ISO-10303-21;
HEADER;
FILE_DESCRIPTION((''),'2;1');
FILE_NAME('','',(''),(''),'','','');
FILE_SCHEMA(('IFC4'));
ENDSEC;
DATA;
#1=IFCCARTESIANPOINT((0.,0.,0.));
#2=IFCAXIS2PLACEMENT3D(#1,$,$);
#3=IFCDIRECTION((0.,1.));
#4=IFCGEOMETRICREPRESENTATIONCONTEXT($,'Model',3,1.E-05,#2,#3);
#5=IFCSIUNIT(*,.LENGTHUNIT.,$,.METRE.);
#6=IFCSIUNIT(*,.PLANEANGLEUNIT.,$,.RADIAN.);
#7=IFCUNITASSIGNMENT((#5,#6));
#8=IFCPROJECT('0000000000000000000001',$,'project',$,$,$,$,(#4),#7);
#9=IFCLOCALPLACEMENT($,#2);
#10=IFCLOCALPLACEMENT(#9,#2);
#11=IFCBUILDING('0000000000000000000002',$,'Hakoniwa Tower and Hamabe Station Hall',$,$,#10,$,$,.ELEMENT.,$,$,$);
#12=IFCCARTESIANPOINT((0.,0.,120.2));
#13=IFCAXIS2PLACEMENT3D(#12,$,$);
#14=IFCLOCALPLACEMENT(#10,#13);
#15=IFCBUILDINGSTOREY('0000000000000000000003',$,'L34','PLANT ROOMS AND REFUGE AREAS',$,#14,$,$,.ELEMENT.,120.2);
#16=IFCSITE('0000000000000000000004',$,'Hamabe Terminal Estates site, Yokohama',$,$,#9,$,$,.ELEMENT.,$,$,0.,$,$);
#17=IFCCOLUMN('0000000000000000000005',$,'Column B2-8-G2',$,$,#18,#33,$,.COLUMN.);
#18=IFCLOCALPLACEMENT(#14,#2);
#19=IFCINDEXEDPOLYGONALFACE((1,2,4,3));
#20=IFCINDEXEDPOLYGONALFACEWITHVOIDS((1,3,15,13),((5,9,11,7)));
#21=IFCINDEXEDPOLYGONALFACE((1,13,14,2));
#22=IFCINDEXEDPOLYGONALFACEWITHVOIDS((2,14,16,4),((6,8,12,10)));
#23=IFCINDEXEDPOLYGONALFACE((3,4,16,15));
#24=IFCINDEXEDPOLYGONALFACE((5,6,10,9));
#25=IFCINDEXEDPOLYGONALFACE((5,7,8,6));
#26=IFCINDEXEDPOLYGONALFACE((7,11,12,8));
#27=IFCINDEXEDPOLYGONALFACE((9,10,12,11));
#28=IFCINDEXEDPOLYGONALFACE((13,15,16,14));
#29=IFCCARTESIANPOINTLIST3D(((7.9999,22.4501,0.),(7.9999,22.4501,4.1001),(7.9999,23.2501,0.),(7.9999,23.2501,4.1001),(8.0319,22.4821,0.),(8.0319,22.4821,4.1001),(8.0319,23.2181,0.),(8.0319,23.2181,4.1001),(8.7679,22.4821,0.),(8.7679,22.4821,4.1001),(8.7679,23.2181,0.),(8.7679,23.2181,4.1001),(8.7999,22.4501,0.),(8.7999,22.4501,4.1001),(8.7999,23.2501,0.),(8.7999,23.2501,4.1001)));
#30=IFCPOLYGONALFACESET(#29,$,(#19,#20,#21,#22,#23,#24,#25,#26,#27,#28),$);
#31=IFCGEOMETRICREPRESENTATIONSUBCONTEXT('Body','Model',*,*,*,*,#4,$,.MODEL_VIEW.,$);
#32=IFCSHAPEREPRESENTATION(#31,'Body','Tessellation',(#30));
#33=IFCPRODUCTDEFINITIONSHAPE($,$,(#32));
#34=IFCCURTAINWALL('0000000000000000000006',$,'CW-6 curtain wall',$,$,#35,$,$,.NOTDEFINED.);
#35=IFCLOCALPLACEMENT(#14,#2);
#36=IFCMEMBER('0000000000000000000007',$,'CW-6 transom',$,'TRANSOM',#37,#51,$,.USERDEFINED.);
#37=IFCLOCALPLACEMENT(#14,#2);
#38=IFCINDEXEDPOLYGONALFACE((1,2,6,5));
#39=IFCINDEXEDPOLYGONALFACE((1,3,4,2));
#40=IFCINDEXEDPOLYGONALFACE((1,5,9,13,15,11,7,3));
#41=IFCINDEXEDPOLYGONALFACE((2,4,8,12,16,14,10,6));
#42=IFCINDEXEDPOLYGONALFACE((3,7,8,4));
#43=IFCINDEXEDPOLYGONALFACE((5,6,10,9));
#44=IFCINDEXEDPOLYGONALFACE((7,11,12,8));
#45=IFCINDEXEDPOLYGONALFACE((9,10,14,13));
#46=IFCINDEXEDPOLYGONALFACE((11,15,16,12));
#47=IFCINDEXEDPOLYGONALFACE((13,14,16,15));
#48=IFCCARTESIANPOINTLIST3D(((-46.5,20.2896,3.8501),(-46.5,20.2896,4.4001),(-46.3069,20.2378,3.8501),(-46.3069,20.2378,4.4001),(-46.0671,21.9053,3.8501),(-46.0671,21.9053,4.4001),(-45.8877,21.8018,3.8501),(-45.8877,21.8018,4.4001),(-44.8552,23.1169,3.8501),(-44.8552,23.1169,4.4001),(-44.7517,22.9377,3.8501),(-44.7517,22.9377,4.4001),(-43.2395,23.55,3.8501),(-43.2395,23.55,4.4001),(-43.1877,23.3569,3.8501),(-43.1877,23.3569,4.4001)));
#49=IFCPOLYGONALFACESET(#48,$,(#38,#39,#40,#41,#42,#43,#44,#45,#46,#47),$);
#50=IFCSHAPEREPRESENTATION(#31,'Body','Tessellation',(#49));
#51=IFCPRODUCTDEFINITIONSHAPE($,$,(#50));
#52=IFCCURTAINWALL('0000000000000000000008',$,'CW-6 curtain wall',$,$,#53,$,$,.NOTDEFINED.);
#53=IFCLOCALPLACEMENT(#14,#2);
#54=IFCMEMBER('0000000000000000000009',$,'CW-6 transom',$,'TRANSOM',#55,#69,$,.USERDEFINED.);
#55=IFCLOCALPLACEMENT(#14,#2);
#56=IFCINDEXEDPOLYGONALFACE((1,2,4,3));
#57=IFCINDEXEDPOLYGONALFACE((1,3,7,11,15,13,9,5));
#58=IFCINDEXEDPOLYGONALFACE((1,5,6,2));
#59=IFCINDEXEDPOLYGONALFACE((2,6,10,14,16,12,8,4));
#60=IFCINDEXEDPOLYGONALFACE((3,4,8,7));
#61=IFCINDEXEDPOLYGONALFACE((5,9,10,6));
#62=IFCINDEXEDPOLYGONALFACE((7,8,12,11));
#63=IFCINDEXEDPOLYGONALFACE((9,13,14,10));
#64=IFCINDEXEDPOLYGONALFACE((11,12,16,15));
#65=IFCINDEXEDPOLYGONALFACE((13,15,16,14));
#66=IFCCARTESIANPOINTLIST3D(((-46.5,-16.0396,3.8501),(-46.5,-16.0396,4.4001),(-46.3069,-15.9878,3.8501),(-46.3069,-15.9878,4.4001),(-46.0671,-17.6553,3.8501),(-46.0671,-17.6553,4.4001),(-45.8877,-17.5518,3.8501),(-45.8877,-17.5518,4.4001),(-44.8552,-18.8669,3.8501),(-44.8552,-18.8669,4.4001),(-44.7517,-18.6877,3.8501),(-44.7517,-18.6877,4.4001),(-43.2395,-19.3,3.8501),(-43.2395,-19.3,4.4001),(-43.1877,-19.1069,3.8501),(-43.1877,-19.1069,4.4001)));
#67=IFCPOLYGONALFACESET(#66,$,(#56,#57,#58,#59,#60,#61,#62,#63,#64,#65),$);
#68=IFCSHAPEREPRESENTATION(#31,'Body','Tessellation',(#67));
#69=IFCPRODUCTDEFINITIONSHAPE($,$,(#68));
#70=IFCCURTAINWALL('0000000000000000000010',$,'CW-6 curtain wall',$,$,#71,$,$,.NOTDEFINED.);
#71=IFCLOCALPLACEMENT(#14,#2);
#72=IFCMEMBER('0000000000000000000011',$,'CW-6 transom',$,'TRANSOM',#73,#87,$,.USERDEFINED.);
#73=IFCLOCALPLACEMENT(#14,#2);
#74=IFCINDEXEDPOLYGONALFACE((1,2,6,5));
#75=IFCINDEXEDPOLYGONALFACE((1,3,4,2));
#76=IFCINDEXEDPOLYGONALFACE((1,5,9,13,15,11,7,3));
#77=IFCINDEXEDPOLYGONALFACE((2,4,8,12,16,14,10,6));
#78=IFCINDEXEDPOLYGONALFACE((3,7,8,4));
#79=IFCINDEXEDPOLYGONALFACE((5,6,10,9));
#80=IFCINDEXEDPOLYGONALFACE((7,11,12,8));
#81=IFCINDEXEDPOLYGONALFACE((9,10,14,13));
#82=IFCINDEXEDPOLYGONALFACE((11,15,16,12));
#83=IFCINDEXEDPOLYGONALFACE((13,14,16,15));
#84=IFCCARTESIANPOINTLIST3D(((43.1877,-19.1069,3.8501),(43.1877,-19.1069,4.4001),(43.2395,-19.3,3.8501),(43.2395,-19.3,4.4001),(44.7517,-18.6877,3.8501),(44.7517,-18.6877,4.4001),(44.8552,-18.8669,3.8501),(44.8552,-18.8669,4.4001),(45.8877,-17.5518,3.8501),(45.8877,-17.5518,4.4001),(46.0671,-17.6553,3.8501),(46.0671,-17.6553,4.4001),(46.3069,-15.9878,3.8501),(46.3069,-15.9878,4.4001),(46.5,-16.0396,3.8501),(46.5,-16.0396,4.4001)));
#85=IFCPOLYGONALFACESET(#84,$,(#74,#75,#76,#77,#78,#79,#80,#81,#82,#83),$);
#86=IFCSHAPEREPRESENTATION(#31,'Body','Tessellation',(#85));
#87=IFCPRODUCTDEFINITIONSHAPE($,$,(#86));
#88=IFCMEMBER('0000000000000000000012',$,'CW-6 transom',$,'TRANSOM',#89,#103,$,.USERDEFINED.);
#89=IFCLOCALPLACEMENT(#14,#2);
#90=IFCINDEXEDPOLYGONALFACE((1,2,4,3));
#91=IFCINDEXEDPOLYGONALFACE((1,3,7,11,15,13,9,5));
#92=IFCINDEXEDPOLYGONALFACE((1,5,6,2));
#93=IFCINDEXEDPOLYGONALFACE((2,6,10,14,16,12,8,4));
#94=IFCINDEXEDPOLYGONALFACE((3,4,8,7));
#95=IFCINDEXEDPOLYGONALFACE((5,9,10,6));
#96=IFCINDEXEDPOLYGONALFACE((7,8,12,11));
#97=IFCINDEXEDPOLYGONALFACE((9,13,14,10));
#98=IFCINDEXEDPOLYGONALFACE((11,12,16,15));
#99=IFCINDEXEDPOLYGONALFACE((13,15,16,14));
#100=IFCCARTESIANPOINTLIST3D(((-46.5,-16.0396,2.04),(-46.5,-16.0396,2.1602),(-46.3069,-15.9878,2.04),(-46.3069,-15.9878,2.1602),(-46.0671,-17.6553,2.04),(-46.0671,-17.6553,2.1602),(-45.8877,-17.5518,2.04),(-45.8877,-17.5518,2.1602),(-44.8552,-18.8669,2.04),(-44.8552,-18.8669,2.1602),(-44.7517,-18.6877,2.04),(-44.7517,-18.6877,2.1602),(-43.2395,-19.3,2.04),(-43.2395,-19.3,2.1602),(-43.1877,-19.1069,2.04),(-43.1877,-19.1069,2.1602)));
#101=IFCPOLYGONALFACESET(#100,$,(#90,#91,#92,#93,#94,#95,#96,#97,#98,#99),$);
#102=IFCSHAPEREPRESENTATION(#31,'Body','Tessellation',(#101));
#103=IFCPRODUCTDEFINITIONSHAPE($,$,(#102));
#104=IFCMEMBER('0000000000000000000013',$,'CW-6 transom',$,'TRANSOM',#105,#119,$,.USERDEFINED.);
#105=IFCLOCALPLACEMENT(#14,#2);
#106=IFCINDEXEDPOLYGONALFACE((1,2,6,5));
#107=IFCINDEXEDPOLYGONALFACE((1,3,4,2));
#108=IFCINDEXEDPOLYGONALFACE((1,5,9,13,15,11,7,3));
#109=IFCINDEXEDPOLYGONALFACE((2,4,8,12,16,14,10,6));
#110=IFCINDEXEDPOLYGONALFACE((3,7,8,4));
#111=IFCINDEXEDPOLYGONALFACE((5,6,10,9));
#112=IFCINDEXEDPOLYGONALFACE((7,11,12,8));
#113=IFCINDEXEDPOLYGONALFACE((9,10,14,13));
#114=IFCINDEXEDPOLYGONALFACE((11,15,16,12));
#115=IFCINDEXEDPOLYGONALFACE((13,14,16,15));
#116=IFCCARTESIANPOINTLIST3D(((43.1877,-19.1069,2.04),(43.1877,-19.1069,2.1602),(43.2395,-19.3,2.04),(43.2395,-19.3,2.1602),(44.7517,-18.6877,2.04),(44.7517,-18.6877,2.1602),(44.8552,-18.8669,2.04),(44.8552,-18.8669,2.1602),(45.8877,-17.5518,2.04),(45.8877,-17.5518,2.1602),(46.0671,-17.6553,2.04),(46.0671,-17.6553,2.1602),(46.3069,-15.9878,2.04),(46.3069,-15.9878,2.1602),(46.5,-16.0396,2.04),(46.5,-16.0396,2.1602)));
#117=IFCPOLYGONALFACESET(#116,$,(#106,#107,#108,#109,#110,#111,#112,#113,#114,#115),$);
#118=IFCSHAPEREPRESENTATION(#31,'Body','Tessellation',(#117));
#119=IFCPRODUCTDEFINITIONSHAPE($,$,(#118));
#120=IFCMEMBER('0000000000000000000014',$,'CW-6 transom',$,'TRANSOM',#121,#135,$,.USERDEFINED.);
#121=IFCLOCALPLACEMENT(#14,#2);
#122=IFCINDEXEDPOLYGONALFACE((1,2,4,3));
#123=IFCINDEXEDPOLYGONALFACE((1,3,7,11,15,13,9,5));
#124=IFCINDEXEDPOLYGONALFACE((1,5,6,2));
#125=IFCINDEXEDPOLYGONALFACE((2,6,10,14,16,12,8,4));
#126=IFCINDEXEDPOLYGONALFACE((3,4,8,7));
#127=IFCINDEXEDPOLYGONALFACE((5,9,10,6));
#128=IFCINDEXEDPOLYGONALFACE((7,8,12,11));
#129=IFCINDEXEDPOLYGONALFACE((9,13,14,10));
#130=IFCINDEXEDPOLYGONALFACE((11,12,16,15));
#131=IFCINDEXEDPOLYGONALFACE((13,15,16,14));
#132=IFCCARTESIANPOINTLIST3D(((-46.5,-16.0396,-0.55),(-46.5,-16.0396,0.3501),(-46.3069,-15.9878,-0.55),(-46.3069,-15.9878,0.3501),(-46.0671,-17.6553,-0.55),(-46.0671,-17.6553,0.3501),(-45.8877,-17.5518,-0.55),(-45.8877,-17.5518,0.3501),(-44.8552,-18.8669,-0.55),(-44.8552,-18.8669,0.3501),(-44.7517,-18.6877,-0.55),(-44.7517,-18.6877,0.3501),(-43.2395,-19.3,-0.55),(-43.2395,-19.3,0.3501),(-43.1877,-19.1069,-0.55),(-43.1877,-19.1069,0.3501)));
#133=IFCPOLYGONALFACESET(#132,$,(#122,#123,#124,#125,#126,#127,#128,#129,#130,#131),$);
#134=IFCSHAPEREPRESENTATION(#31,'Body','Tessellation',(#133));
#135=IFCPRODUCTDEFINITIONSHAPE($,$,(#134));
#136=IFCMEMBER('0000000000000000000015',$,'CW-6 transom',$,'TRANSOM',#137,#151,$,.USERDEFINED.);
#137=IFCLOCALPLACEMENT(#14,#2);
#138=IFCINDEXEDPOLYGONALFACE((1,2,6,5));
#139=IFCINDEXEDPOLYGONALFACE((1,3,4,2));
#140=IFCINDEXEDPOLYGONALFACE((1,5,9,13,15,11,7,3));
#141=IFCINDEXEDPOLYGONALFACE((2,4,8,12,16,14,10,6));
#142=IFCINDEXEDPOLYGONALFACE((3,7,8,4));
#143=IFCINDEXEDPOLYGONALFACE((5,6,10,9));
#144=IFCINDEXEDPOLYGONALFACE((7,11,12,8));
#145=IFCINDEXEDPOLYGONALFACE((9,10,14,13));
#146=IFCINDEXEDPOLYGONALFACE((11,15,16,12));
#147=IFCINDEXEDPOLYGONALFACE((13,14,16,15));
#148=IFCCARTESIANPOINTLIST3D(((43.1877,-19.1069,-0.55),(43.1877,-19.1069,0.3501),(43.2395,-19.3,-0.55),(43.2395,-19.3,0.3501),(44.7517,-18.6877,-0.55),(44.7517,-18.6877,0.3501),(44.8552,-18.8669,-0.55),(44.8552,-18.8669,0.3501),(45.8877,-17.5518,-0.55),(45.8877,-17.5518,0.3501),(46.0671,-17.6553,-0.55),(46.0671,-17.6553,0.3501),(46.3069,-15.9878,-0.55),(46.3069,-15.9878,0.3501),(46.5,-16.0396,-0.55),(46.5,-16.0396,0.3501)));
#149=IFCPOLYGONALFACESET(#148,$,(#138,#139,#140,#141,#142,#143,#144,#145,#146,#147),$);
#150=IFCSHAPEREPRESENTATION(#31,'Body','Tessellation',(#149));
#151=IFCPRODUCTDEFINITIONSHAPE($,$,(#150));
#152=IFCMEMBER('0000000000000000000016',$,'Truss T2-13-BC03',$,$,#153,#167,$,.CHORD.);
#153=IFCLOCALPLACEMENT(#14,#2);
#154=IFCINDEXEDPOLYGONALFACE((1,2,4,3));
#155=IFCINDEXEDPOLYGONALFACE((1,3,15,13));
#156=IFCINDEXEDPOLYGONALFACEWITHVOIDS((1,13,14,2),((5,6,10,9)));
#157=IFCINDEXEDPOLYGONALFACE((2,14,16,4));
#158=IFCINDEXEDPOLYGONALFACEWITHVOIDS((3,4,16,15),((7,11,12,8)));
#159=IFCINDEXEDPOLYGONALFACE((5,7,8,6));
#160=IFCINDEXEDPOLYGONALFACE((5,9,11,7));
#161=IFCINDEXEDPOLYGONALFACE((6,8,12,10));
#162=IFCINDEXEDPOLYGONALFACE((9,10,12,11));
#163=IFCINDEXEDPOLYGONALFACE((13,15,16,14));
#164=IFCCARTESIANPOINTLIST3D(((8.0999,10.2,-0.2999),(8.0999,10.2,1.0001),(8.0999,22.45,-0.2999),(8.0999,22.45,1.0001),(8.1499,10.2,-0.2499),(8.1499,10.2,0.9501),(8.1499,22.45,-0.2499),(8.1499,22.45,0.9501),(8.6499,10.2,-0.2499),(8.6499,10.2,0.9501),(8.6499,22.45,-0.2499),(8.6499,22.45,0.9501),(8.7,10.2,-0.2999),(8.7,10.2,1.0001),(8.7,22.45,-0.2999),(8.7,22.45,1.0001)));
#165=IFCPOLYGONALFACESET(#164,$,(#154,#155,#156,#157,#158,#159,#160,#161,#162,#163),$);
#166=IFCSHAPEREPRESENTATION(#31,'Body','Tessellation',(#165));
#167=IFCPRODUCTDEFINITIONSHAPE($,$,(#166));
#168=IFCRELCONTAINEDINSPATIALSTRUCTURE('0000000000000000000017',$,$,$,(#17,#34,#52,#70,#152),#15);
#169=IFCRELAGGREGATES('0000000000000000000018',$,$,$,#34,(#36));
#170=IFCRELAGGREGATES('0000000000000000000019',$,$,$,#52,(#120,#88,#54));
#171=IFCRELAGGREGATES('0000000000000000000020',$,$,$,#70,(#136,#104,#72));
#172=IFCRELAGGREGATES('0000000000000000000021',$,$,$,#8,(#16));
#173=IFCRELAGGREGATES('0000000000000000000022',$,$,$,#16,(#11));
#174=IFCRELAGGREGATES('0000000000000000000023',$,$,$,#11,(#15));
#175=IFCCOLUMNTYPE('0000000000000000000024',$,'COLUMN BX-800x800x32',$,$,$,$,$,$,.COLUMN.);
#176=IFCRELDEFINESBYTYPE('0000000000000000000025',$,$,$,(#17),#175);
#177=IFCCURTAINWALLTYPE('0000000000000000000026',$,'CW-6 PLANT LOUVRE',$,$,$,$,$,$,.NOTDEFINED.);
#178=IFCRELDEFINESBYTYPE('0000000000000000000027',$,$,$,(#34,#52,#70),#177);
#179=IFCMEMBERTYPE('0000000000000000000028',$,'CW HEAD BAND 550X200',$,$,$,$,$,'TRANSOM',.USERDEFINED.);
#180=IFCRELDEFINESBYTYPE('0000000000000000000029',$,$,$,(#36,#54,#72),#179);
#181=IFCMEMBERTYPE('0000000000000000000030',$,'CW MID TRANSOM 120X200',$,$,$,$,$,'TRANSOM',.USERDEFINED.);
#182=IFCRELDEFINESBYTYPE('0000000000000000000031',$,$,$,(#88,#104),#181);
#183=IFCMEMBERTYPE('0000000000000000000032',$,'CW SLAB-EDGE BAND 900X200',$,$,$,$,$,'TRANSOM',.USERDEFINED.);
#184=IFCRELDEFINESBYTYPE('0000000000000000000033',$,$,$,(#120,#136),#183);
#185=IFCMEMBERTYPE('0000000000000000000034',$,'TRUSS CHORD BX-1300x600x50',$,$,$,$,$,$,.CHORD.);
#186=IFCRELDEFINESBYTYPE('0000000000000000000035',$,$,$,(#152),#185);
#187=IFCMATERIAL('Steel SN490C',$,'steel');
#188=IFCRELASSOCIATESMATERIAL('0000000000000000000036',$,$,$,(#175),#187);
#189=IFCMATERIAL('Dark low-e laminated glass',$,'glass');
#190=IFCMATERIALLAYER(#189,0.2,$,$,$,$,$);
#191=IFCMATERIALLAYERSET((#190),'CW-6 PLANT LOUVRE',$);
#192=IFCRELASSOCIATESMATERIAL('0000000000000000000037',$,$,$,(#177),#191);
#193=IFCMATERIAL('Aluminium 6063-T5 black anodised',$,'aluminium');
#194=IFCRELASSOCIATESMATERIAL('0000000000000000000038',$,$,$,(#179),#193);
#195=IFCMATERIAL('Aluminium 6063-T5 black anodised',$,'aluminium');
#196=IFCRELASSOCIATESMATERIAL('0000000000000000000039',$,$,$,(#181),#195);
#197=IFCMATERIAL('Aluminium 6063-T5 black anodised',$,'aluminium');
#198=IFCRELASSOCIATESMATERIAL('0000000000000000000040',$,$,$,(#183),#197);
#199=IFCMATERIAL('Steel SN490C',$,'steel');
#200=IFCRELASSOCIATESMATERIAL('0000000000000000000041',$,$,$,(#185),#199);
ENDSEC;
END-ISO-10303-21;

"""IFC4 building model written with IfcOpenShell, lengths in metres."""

from ifc_helpers import new_model, si_unit, direction, frame, origin, origin_2d, place, context, subcontext, project, spatial, polyline, rectangle, hollow_rectangle, outline, extrude, material, layer, layer_set, material_profile, profile_set, type_object, element, aggregate, save


model = new_model("IFC4")

# Units and contexts
model_context = context("Model", 3, precision=1e-05, world=origin(), true_north=direction((0.0, 1.0)))
body_context = subcontext(model_context, "Body", "Model", "MODEL_VIEW")
ifc_project = project(units=[si_unit("LENGTHUNIT", "METRE"), si_unit("PLANEANGLEUNIT", "RADIAN")], contexts=[model_context])

# Site, building, storey
site_placement = place(None, origin())
site = spatial("IfcSite", under=ifc_project, at=site_placement, Name="Hamabe Terminal Estates site, Yokohama", CompositionType="ELEMENT", RefElevation=0.0)
building_placement = place(site_placement, origin())
building = spatial("IfcBuilding", under=site, at=building_placement, Name="Hakoniwa Tower and Hamabe Station Hall", CompositionType="ELEMENT")
storey_placement = place(building_placement, frame((0.0, 0.0, 120.2)))
storey = spatial("IfcBuildingStorey", under=building, at=storey_placement, Name="L34", Description="PLANT ROOMS AND REFUGE AREAS", CompositionType="ELEMENT", Elevation=120.2)

# Column
ifc_material_1 = material(Name="Steel SN490C", Category="steel")
ifc_material_profile_1 = material_profile(ifc_material_1, hollow_rectangle(XDim=0.8, YDim=0.8, WallThickness=0.032, at=origin_2d()), Name="BX-800x800x32")
ifc_profile_set_1 = profile_set([ifc_material_profile_1], Name="Steel SN490C")
column_type = type_object("IfcColumnType", Name="COLUMN BX-800x800x32", PredefinedType="COLUMN", material=ifc_profile_set_1)
column_placement = place(storey_placement, frame((8.3999, 22.8501, 0.0), z_axis=(0.0, 0.0, 1.0), x_axis=(1.0, 0.0, 0.0)))
element("IfcColumn", 1, at=column_placement, inside=storey, type_object=column_type, Name="Column B2-8-G2", PredefinedType="COLUMN", context=body_context, shape_type="SweptSolid", body=[
    extrude(hollow_rectangle(XDim=0.8, YDim=0.8, WallThickness=0.032, at=origin_2d()), origin(), (0.0, 0.0, 1.0), 4.1001),
])

# Curtain walls, members
ifc_material_2 = material(Name="Dark low-e laminated glass", Category="glass")
ifc_layer_1 = layer(ifc_material_2, 0.2)
ifc_layer_set_1 = layer_set([ifc_layer_1], Name="CW-6 PLANT LOUVRE")
curtain_wall_type = type_object("IfcCurtainWallType", Name="CW-6 PLANT LOUVRE", PredefinedType="NOTDEFINED", material=ifc_layer_set_1)
curtain_wall_1_placement = place(storey_placement, origin())
curtain_wall_1 = element("IfcCurtainWall", 2, at=curtain_wall_1_placement, inside=storey, type_object=curtain_wall_type, Name="CW-6 curtain wall", PredefinedType="NOTDEFINED")
ifc_material_3 = material(Name="Aluminium 6063-T5 black anodised", Category="aluminium")
ifc_material_profile_2 = material_profile(ifc_material_3, rectangle(XDim=0.2, YDim=0.55, at=origin_2d()), Name="CW HEAD BAND 550X200")
ifc_profile_set_2 = profile_set([ifc_material_profile_2], Name="Aluminium 6063-T5 black anodised")
member_type_1 = type_object("IfcMemberType", Name="CW HEAD BAND 550X200", ElementType="TRANSOM", PredefinedType="USERDEFINED", material=ifc_profile_set_2)
member_1_placement = place(storey_placement, frame((0.0, 0.0, 3.8501)))
member_1 = element("IfcMember", 3, at=member_1_placement, type_object=member_type_1, Name="CW-6 transom", ObjectType="TRANSOM", PredefinedType="USERDEFINED", context=body_context, shape_type="SweptSolid", body=[
    extrude(outline(polyline([(-43.2395, 23.55), (-44.8552, 23.1169), (-46.0671, 21.9053), (-46.5, 20.2896), (-46.3069, 20.2378), (-45.8877, 21.8018), (-44.7517, 22.9377), (-43.1877, 23.3569), (-43.2395, 23.55)])), origin(), (0.0, 0.0, 1.0), 0.55),
])
aggregate(curtain_wall_1, [member_1])
curtain_wall_2_placement = place(storey_placement, origin())
curtain_wall_2 = element("IfcCurtainWall", 4, at=curtain_wall_2_placement, inside=storey, type_object=curtain_wall_type, Name="CW-6 curtain wall", PredefinedType="NOTDEFINED")
member_2_placement = place(storey_placement, frame((0.0, 0.0, 3.8501)))
member_2 = element("IfcMember", 5, at=member_2_placement, type_object=member_type_1, Name="CW-6 transom", ObjectType="TRANSOM", PredefinedType="USERDEFINED", context=body_context, shape_type="SweptSolid", body=[
    extrude(outline(polyline([(-46.5, -16.0396), (-46.0671, -17.6553), (-44.8552, -18.8669), (-43.2395, -19.3), (-43.1877, -19.1069), (-44.7517, -18.6877), (-45.8877, -17.5518), (-46.3069, -15.9878), (-46.5, -16.0396)])), origin(), (0.0, 0.0, 1.0), 0.55),
])
curtain_wall_3_placement = place(storey_placement, origin())
curtain_wall_3 = element("IfcCurtainWall", 6, at=curtain_wall_3_placement, inside=storey, type_object=curtain_wall_type, Name="CW-6 curtain wall", PredefinedType="NOTDEFINED")
member_3_placement = place(storey_placement, frame((0.0, 0.0, 3.8501)))
member_3 = element("IfcMember", 7, at=member_3_placement, type_object=member_type_1, Name="CW-6 transom", ObjectType="TRANSOM", PredefinedType="USERDEFINED", context=body_context, shape_type="SweptSolid", body=[
    extrude(outline(polyline([(43.2395, -19.3), (44.8552, -18.8669), (46.0671, -17.6553), (46.5, -16.0396), (46.3069, -15.9878), (45.8877, -17.5518), (44.7517, -18.6877), (43.1877, -19.1069), (43.2395, -19.3)])), origin(), (0.0, 0.0, 1.0), 0.55),
])

# Members
ifc_material_4 = material(Name="Aluminium 6063-T5 black anodised", Category="aluminium")
ifc_material_profile_3 = material_profile(ifc_material_4, rectangle(XDim=0.2, YDim=0.1201, at=origin_2d()), Name="CW MID TRANSOM 120X200")
ifc_profile_set_3 = profile_set([ifc_material_profile_3], Name="Aluminium 6063-T5 black anodised")
member_type_2 = type_object("IfcMemberType", Name="CW MID TRANSOM 120X200", ElementType="TRANSOM", PredefinedType="USERDEFINED", material=ifc_profile_set_3)
member_4_placement = place(storey_placement, frame((0.0, 0.0, 2.04)))
member_4 = element("IfcMember", 8, at=member_4_placement, type_object=member_type_2, Name="CW-6 transom", ObjectType="TRANSOM", PredefinedType="USERDEFINED", context=body_context, shape_type="SweptSolid", body=[
    extrude(outline(polyline([(-46.5, -16.0396), (-46.0671, -17.6553), (-44.8552, -18.8669), (-43.2395, -19.3), (-43.1877, -19.1069), (-44.7517, -18.6877), (-45.8877, -17.5518), (-46.3069, -15.9878), (-46.5, -16.0396)])), origin(), (0.0, 0.0, 1.0), 0.1201),
])
member_5_placement = place(storey_placement, frame((0.0, 0.0, 2.04)))
member_5 = element("IfcMember", 9, at=member_5_placement, type_object=member_type_2, Name="CW-6 transom", ObjectType="TRANSOM", PredefinedType="USERDEFINED", context=body_context, shape_type="SweptSolid", body=[
    extrude(outline(polyline([(43.2395, -19.3), (44.8552, -18.8669), (46.0671, -17.6553), (46.5, -16.0396), (46.3069, -15.9878), (45.8877, -17.5518), (44.7517, -18.6877), (43.1877, -19.1069), (43.2395, -19.3)])), origin(), (0.0, 0.0, 1.0), 0.1201),
])
ifc_material_5 = material(Name="Aluminium 6063-T5 black anodised", Category="aluminium")
ifc_material_profile_4 = material_profile(ifc_material_5, rectangle(XDim=0.2, YDim=0.8999, at=origin_2d()), Name="CW SLAB-EDGE BAND 900X200")
ifc_profile_set_4 = profile_set([ifc_material_profile_4], Name="Aluminium 6063-T5 black anodised")
member_type_3 = type_object("IfcMemberType", Name="CW SLAB-EDGE BAND 900X200", ElementType="TRANSOM", PredefinedType="USERDEFINED", material=ifc_profile_set_4)
member_6_placement = place(storey_placement, frame((0.0, 0.0, -0.55)))
member_6 = element("IfcMember", 10, at=member_6_placement, type_object=member_type_3, Name="CW-6 transom", ObjectType="TRANSOM", PredefinedType="USERDEFINED", context=body_context, shape_type="SweptSolid", body=[
    extrude(outline(polyline([(-46.5, -16.0396), (-46.0671, -17.6553), (-44.8552, -18.8669), (-43.2395, -19.3), (-43.1877, -19.1069), (-44.7517, -18.6877), (-45.8877, -17.5518), (-46.3069, -15.9878), (-46.5, -16.0396)])), origin(), (0.0, 0.0, 1.0), 0.9001),
])
member_7_placement = place(storey_placement, frame((0.0, 0.0, -0.55)))
member_7 = element("IfcMember", 11, at=member_7_placement, type_object=member_type_3, Name="CW-6 transom", ObjectType="TRANSOM", PredefinedType="USERDEFINED", context=body_context, shape_type="SweptSolid", body=[
    extrude(outline(polyline([(43.2395, -19.3), (44.8552, -18.8669), (46.0671, -17.6553), (46.5, -16.0396), (46.3069, -15.9878), (45.8877, -17.5518), (44.7517, -18.6877), (43.1877, -19.1069), (43.2395, -19.3)])), origin(), (0.0, 0.0, 1.0), 0.9001),
])

# Member
ifc_material_6 = material(Name="Steel SN490C", Category="steel")
ifc_material_profile_5 = material_profile(ifc_material_6, hollow_rectangle(XDim=0.6001, YDim=1.3, WallThickness=0.05, at=origin_2d()), Name="BX-1300x600x50")
ifc_profile_set_5 = profile_set([ifc_material_profile_5], Name="Steel SN490C")
member_type_4 = type_object("IfcMemberType", Name="TRUSS CHORD BX-1300x600x50", PredefinedType="CHORD", material=ifc_profile_set_5)
member_8_placement = place(storey_placement, frame((8.3999, 10.2, 0.3501), z_axis=(0.0, 1.0, 0.0), x_axis=(-1.0, 0.0, 0.0)))
element("IfcMember", 12, at=member_8_placement, inside=storey, type_object=member_type_4, Name="Truss T2-13-BC03", PredefinedType="CHORD", context=body_context, shape_type="SweptSolid", body=[
    extrude(hollow_rectangle(XDim=0.6001, YDim=1.3, WallThickness=0.05, at=origin_2d()), origin(), (0.0, 0.0, 1.0), 12.25),
])

aggregate(curtain_wall_2, [member_6, member_4, member_2])
aggregate(curtain_wall_3, [member_7, member_5, member_3])

save(model, "model.ifc")
